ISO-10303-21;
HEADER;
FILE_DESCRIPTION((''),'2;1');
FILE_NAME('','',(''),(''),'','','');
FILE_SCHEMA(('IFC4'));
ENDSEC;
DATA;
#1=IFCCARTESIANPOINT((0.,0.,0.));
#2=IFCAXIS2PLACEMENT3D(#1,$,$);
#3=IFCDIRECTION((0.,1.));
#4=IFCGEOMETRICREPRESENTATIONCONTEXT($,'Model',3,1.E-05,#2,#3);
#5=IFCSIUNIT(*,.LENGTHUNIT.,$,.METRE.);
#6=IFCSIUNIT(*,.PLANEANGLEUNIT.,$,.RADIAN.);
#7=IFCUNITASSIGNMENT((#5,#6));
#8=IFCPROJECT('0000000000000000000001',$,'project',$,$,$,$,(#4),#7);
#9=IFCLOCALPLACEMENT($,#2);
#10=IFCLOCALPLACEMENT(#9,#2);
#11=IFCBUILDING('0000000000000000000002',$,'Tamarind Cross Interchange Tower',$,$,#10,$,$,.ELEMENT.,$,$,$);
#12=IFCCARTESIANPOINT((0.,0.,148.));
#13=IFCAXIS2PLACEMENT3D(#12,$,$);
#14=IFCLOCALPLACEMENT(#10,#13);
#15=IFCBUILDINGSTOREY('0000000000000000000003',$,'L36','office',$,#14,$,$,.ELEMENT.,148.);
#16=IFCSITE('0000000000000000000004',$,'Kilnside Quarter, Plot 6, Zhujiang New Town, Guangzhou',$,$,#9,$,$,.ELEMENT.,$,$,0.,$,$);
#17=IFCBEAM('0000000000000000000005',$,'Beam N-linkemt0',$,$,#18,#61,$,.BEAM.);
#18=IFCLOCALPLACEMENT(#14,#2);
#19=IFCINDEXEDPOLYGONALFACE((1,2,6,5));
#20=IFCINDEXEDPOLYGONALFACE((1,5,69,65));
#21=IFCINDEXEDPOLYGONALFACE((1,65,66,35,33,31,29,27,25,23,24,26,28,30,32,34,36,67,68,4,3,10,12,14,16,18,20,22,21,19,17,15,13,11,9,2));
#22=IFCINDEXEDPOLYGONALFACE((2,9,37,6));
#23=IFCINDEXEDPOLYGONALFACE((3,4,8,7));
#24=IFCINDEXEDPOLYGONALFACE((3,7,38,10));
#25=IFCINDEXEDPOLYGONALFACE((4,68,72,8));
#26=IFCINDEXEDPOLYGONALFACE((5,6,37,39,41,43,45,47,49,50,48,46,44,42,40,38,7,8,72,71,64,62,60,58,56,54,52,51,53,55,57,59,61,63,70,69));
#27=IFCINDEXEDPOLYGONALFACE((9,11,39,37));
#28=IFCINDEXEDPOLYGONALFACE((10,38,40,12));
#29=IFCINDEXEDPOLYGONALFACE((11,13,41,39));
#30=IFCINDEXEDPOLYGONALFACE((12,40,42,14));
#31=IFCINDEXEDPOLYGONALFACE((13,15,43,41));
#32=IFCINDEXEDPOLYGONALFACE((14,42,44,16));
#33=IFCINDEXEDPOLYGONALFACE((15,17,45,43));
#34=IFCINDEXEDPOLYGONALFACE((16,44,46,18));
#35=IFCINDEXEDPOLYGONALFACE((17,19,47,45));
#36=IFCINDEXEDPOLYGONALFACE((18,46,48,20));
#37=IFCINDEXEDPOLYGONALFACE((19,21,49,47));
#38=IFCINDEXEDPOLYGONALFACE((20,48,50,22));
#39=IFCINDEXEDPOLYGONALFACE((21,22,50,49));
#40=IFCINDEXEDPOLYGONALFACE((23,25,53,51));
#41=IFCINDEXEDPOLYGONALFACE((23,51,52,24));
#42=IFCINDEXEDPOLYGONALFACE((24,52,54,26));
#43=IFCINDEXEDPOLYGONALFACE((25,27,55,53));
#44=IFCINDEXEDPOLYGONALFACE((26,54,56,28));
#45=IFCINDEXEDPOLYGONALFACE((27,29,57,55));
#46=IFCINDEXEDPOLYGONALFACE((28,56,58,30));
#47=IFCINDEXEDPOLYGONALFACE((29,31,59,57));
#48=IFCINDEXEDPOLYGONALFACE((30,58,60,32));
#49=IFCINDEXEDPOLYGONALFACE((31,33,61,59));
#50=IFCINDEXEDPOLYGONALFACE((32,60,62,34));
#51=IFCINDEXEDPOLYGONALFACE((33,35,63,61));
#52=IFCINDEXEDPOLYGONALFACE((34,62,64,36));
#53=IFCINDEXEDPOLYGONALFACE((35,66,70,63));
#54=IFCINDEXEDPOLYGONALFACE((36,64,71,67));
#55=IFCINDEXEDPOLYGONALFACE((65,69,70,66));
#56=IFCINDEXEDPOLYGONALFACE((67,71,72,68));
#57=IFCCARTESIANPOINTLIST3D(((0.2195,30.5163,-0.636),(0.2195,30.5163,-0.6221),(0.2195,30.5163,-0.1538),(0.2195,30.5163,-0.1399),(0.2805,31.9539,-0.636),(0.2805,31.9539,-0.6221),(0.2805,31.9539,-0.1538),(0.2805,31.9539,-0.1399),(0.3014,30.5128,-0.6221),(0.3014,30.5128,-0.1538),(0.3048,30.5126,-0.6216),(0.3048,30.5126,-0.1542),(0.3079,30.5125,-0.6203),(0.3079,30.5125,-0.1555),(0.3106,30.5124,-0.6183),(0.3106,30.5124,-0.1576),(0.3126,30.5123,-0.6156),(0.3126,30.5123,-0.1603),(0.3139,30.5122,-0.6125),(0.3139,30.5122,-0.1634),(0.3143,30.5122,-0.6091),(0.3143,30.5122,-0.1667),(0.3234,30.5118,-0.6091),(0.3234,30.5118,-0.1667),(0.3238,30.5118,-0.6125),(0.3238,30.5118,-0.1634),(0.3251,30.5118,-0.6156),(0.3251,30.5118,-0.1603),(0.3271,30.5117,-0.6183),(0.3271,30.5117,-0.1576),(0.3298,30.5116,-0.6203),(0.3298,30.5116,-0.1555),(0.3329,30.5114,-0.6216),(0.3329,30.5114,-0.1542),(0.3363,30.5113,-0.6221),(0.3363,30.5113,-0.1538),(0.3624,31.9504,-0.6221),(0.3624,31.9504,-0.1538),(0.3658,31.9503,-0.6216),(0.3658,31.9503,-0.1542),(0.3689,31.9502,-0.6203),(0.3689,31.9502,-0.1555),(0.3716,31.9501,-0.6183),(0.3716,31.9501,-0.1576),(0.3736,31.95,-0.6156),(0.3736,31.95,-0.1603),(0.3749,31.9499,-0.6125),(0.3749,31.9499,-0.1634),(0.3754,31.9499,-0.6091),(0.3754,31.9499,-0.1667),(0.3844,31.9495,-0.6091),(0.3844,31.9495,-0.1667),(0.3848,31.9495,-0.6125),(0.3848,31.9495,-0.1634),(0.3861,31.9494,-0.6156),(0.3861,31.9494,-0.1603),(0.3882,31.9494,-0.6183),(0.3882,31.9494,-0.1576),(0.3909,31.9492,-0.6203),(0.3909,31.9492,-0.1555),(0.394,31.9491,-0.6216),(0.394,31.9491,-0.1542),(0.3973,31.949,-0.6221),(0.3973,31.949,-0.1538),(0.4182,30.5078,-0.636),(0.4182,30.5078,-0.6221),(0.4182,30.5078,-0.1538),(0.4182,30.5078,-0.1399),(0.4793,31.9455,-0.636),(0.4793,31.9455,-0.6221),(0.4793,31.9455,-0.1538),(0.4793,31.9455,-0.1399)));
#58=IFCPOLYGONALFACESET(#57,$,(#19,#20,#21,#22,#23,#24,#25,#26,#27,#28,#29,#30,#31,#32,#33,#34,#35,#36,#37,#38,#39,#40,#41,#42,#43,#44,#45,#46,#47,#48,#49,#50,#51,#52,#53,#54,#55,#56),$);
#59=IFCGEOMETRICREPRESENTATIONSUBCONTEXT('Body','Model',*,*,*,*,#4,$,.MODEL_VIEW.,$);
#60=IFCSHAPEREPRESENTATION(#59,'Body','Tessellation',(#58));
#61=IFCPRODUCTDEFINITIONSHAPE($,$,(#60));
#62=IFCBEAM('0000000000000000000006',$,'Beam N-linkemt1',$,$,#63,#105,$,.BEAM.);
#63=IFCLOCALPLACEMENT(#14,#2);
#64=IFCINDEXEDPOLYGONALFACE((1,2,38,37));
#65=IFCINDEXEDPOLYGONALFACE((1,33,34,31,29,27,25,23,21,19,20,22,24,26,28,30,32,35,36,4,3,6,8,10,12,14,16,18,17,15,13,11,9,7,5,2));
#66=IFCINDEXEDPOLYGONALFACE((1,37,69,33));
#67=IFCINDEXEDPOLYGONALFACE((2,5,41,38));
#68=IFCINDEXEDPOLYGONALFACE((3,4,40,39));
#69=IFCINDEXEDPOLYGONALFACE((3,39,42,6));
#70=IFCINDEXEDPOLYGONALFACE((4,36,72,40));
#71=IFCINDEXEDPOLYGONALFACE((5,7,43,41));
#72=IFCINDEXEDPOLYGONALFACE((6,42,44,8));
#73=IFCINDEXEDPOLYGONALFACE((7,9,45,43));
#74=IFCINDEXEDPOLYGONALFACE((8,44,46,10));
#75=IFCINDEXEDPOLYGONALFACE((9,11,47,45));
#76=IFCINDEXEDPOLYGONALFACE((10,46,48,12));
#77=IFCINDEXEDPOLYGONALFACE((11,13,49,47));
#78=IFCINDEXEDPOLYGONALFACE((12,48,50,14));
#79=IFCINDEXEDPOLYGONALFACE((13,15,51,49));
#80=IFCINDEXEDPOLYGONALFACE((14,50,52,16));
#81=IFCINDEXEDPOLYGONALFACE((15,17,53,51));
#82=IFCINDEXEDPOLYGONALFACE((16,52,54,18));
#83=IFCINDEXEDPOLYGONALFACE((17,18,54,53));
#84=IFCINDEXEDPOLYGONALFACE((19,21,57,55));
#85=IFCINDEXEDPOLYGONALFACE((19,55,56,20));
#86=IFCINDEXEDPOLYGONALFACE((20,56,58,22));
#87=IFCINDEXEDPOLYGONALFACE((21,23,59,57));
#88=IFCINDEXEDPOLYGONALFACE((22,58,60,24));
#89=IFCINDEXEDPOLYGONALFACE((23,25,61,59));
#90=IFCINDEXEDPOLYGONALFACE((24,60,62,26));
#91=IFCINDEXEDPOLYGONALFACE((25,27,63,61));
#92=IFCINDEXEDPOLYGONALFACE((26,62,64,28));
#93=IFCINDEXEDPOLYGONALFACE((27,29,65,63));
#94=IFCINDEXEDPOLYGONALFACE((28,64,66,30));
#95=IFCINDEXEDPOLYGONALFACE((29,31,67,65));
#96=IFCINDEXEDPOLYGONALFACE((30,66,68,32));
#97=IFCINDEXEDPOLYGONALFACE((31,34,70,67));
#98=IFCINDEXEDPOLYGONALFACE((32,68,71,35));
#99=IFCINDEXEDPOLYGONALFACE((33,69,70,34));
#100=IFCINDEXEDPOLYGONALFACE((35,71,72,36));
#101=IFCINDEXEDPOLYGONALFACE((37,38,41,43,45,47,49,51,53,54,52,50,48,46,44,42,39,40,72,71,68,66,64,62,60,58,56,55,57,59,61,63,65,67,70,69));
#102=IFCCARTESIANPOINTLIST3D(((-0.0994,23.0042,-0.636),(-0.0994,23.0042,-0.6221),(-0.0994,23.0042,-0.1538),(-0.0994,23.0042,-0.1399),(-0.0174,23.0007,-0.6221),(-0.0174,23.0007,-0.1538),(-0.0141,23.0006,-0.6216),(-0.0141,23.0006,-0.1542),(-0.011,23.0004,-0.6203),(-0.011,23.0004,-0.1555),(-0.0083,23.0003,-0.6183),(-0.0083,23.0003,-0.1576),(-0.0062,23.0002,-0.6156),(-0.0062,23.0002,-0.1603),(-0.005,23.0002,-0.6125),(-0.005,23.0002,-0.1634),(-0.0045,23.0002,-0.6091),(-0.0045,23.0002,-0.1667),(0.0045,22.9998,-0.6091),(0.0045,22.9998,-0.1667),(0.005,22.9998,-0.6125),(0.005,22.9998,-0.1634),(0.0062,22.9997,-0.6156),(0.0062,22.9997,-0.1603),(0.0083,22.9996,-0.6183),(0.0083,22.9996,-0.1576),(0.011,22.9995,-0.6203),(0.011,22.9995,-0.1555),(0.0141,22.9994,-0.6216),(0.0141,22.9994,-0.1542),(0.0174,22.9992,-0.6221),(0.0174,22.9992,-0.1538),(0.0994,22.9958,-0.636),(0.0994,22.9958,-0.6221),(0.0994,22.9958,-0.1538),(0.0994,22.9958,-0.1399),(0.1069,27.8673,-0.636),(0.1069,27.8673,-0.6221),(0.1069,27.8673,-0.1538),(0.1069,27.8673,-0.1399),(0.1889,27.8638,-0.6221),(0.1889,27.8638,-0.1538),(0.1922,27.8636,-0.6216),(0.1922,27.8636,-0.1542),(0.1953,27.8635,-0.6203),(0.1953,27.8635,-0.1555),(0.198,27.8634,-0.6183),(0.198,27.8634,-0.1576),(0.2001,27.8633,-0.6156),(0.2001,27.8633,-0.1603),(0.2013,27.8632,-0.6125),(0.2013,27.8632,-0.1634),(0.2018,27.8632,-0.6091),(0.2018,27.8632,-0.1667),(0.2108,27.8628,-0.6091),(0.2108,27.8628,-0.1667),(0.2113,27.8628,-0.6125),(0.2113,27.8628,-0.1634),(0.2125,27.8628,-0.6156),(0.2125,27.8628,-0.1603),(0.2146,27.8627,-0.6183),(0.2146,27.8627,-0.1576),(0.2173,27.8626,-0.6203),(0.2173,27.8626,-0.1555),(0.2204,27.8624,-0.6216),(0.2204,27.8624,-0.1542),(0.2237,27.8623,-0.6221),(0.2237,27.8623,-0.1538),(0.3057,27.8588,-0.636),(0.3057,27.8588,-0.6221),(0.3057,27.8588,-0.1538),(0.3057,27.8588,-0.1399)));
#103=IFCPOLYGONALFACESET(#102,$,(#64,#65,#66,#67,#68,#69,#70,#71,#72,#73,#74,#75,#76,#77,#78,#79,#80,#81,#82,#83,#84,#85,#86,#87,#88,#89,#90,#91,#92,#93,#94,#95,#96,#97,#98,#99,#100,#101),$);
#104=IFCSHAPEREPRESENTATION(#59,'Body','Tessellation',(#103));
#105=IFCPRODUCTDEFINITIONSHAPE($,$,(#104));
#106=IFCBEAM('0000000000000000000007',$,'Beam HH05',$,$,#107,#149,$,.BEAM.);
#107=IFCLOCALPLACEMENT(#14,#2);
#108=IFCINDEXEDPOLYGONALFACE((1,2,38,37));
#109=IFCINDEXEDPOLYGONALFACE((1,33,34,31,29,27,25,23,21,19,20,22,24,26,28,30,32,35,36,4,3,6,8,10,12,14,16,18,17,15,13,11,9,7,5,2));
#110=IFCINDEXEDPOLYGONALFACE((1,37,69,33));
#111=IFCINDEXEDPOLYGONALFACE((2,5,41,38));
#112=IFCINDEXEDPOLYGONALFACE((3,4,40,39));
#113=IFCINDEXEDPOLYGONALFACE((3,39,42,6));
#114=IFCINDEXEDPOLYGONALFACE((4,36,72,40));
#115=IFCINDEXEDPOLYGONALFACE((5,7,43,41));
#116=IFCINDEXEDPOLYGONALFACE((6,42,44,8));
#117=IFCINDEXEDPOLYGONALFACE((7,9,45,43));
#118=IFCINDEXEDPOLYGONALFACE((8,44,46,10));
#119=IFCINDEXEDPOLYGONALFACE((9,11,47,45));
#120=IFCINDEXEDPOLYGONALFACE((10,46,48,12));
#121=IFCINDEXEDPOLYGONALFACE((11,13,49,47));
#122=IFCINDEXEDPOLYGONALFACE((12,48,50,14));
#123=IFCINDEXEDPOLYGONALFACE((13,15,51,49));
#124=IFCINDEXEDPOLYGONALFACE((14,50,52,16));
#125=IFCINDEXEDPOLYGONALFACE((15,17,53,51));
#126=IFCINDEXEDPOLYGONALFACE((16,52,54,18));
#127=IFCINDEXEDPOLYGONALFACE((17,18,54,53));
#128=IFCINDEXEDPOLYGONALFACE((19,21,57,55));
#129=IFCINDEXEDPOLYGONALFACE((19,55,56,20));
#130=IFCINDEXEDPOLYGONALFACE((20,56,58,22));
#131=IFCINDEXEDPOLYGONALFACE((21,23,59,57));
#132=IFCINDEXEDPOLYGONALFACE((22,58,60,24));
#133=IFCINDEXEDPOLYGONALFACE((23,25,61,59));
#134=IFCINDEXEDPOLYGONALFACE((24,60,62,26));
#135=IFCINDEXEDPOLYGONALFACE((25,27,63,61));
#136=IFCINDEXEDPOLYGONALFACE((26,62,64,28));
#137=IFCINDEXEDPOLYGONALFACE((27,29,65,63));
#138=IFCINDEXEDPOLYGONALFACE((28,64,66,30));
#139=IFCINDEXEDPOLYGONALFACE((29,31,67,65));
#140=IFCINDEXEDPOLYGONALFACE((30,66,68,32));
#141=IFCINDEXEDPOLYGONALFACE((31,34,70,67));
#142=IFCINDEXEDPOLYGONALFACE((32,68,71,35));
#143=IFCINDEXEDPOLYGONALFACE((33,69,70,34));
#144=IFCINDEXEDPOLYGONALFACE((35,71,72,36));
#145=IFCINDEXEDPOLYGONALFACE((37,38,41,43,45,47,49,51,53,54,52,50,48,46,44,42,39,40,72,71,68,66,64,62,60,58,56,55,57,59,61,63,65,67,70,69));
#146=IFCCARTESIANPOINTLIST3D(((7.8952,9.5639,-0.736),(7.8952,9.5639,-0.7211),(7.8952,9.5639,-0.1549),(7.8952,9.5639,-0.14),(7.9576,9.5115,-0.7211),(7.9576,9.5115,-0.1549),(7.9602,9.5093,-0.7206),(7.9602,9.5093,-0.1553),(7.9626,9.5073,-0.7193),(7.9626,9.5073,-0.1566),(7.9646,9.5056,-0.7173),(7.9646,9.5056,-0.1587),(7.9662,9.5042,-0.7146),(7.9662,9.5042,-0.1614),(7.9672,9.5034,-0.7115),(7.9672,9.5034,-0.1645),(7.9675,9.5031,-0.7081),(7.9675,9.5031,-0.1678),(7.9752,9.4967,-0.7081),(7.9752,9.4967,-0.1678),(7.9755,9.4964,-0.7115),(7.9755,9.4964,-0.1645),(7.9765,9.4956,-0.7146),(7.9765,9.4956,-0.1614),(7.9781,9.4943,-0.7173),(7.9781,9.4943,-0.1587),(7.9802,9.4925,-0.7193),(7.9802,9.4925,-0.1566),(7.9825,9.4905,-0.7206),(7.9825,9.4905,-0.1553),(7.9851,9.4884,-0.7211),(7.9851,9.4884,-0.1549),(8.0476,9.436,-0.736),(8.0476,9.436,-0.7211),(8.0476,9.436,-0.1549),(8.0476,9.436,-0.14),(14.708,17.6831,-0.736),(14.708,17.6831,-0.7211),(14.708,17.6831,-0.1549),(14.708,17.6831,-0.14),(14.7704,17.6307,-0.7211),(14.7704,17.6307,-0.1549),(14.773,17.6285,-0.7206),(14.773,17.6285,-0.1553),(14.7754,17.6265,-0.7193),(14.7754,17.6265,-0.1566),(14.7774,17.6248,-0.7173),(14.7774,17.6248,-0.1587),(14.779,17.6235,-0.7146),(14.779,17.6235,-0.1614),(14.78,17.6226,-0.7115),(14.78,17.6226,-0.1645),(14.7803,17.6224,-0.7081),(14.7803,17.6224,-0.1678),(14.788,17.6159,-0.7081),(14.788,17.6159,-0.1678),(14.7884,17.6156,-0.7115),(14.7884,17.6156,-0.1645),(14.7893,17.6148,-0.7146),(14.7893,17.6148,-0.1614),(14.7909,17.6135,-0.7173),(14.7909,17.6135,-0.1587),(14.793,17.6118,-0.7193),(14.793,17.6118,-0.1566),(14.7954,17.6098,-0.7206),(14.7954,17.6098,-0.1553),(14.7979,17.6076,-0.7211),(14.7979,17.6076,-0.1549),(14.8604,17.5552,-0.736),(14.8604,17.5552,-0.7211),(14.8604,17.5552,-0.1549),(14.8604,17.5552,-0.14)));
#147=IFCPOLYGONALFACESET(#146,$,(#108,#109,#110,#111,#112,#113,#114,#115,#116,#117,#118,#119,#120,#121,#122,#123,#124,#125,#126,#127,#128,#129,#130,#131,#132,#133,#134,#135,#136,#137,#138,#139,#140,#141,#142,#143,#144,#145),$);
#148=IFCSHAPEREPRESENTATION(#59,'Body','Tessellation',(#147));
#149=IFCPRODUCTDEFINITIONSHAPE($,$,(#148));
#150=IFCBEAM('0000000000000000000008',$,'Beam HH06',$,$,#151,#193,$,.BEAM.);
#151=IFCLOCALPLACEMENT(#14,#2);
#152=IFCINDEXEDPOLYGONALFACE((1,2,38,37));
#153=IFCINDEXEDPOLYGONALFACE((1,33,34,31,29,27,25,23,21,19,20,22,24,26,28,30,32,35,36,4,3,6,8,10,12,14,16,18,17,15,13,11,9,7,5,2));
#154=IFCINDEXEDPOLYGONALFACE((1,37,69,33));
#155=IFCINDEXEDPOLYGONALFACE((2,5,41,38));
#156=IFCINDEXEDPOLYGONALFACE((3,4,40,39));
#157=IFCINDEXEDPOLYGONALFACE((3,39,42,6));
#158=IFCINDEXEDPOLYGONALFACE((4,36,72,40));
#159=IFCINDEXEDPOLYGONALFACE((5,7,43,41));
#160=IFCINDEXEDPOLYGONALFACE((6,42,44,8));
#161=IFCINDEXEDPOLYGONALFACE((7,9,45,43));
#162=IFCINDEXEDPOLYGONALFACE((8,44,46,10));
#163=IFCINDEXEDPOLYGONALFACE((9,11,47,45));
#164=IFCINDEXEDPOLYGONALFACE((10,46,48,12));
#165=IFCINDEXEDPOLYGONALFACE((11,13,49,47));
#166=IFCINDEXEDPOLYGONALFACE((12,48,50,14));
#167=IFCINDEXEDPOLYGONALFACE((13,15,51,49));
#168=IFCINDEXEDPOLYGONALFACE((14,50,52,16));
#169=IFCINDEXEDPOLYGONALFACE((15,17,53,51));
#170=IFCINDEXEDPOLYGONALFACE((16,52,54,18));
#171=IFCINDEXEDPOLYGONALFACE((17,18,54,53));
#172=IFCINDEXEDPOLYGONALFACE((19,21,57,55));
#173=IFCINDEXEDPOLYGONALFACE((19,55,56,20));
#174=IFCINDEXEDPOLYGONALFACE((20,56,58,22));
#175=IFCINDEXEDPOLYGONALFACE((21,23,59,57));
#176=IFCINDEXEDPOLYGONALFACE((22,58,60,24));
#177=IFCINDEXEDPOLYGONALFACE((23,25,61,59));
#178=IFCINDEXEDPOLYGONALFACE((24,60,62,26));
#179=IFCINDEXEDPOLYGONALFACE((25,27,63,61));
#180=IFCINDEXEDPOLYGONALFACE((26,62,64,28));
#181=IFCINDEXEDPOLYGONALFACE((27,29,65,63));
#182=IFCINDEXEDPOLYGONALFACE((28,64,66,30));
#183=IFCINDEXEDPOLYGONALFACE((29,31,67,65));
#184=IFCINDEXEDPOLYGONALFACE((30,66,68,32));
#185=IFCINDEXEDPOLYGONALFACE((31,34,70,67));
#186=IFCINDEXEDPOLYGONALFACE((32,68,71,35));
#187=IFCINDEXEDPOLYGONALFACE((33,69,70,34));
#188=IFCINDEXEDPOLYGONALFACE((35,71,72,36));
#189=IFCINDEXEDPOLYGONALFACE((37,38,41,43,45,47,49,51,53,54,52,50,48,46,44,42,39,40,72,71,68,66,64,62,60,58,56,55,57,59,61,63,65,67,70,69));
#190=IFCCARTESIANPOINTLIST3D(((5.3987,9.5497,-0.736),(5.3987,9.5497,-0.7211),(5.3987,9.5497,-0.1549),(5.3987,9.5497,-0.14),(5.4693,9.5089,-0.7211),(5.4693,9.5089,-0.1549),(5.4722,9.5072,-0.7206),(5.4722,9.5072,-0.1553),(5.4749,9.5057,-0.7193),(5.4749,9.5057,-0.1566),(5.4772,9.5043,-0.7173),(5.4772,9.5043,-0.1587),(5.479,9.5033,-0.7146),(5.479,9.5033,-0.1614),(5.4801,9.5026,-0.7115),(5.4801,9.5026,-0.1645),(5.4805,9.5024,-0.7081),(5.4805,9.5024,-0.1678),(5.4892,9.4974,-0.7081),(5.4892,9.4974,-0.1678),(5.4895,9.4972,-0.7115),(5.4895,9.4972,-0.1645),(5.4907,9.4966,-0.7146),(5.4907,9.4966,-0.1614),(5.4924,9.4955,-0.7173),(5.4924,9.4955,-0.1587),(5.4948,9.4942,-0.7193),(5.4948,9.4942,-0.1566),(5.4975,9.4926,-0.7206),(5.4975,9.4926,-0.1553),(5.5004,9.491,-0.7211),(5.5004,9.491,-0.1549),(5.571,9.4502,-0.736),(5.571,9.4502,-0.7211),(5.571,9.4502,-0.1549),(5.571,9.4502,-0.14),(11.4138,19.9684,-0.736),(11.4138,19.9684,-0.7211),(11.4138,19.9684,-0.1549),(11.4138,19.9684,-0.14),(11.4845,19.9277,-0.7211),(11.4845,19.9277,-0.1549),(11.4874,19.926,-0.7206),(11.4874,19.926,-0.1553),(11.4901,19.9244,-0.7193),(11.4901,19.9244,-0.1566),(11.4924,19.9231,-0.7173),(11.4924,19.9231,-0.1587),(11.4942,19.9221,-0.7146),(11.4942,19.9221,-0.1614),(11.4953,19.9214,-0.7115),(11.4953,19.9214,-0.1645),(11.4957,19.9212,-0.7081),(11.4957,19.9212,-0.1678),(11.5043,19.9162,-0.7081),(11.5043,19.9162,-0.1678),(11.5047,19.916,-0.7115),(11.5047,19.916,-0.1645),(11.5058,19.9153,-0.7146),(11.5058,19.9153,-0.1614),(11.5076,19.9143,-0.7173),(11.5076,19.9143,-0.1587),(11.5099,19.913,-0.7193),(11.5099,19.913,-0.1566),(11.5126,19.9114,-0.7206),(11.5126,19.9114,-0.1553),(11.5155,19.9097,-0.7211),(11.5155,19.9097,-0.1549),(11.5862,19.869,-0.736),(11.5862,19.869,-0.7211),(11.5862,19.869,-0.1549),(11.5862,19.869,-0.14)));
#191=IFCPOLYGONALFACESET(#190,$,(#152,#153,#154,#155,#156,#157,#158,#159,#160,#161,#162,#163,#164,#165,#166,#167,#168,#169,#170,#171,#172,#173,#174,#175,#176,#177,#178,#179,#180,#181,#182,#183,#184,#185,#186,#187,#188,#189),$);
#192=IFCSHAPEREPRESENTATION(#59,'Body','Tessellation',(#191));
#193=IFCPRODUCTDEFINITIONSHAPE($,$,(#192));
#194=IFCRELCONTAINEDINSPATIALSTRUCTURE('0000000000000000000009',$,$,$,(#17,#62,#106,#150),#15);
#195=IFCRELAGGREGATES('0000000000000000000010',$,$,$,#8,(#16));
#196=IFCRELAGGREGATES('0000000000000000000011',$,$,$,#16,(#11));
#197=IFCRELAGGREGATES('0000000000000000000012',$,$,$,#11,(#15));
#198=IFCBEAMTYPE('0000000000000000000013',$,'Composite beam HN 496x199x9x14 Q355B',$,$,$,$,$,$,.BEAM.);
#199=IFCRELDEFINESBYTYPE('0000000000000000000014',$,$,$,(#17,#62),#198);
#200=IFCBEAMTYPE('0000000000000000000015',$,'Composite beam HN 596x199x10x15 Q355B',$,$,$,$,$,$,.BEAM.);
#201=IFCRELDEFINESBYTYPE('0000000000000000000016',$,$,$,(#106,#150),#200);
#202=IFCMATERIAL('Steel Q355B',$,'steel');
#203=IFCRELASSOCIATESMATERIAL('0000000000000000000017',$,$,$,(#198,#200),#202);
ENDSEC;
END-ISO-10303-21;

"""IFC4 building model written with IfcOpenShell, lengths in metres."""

from ifc_helpers import new_model, si_unit, direction, frame, origin, origin_2d, place, context, subcontext, project, spatial, i_section, extrude, material, material_profile, profile_set, type_object, element, save


model = new_model("IFC4")

# Units and contexts
model_context = context("Model", 3, precision=1e-05, world=origin(), true_north=direction((0.0, 1.0)))
body_context = subcontext(model_context, "Body", "Model", "MODEL_VIEW")
ifc_project = project(units=[si_unit("LENGTHUNIT", "METRE"), si_unit("PLANEANGLEUNIT", "RADIAN")], contexts=[model_context])

# Site, building, storey
site_placement = place(None, origin())
site = spatial("IfcSite", under=ifc_project, at=site_placement, Name="Kilnside Quarter, Plot 6, Zhujiang New Town, Guangzhou", CompositionType="ELEMENT", RefElevation=0.0)
building_placement = place(site_placement, origin())
building = spatial("IfcBuilding", under=site, at=building_placement, Name="Tamarind Cross Interchange Tower", CompositionType="ELEMENT")
storey_placement = place(building_placement, frame((0.0, 0.0, 148.0)))
storey = spatial("IfcBuildingStorey", under=building, at=storey_placement, Name="L36", Description="office", CompositionType="ELEMENT", Elevation=148.0)

# Beams
ifc_material_1 = material(Name="Steel Q355B", Category="steel")
ifc_material_profile_1 = material_profile(ifc_material_1, i_section(OverallWidth=0.199, OverallDepth=0.4961, WebThickness=0.009, FlangeThickness=0.0139, FilletRadius=0.0129, at=origin_2d()), Name="HN 496x199x9x14")
ifc_profile_set_1 = profile_set([ifc_material_profile_1], Name="Steel Q355B")
beam_type_1 = type_object("IfcBeamType", Name="Composite beam HN 496x199x9x14 Q355B", PredefinedType="BEAM", material=ifc_profile_set_1)
beam_1_placement = place(storey_placement, frame((0.3799, 31.9497, -0.3879), z_axis=(-0.042414, -0.9991, 0.0), x_axis=(0.9991, -0.042414, 0.0)))
element("IfcBeam", 1, at=beam_1_placement, inside=storey, type_object=beam_type_1, Name="Beam N-linkemt0", PredefinedType="BEAM", context=body_context, shape_type="SweptSolid", body=[
    extrude(i_section(OverallWidth=0.199, OverallDepth=0.4961, WebThickness=0.009, FlangeThickness=0.0139, FilletRadius=0.0129, at=origin_2d()), origin(), (0.0, 0.0, 1.0), 1.439),
])
beam_2_placement = place(storey_placement, frame((0.2063, 27.863, -0.3879), z_axis=(-0.042384, -0.999101, 0.0), x_axis=(0.999101, -0.042384, 0.0)))
element("IfcBeam", 2, at=beam_2_placement, inside=storey, type_object=beam_type_1, Name="Beam N-linkemt1", PredefinedType="BEAM", context=body_context, shape_type="SweptSolid", body=[
    extrude(i_section(OverallWidth=0.199, OverallDepth=0.4961, WebThickness=0.009, FlangeThickness=0.0139, FilletRadius=0.0129, at=origin_2d()), origin(), (0.0, 0.0, 1.0), 4.8674),
])
ifc_material_profile_2 = material_profile(ifc_material_1, i_section(OverallWidth=0.199, OverallDepth=0.5959, WebThickness=0.01, FlangeThickness=0.0149, FilletRadius=0.0129, at=origin_2d()), Name="HN 596x199x10x15")
ifc_profile_set_2 = profile_set([ifc_material_profile_2], Name="Steel Q355B")
beam_type_2 = type_object("IfcBeamType", Name="Composite beam HN 596x199x10x15 Q355B", PredefinedType="BEAM", material=ifc_profile_set_2)
beam_3_placement = place(storey_placement, frame((14.7842, 17.6191, -0.438), z_axis=(-0.642786, -0.766046, 0.0), x_axis=(0.766046, -0.642786, 0.0)))
element("IfcBeam", 3, at=beam_3_placement, inside=storey, type_object=beam_type_2, Name="Beam HH05", PredefinedType="BEAM", context=body_context, shape_type="SweptSolid", body=[
    extrude(i_section(OverallWidth=0.199, OverallDepth=0.5959, WebThickness=0.01, FlangeThickness=0.0149, FilletRadius=0.0129, at=origin_2d()), origin(), (0.0, 0.0, 1.0), 10.5989),
])
beam_4_placement = place(storey_placement, frame((11.5, 19.9187, -0.438), z_axis=(-0.499994, -0.866029, 0.0), x_axis=(0.866029, -0.499994, 0.0)))
element("IfcBeam", 4, at=beam_4_placement, inside=storey, type_object=beam_type_2, Name="Beam HH06", PredefinedType="BEAM", context=body_context, shape_type="SweptSolid", body=[
    extrude(i_section(OverallWidth=0.199, OverallDepth=0.5959, WebThickness=0.01, FlangeThickness=0.0149, FilletRadius=0.0129, at=origin_2d()), origin(), (0.0, 0.0, 1.0), 12.0305),
])

save(model, "model.ifc")
